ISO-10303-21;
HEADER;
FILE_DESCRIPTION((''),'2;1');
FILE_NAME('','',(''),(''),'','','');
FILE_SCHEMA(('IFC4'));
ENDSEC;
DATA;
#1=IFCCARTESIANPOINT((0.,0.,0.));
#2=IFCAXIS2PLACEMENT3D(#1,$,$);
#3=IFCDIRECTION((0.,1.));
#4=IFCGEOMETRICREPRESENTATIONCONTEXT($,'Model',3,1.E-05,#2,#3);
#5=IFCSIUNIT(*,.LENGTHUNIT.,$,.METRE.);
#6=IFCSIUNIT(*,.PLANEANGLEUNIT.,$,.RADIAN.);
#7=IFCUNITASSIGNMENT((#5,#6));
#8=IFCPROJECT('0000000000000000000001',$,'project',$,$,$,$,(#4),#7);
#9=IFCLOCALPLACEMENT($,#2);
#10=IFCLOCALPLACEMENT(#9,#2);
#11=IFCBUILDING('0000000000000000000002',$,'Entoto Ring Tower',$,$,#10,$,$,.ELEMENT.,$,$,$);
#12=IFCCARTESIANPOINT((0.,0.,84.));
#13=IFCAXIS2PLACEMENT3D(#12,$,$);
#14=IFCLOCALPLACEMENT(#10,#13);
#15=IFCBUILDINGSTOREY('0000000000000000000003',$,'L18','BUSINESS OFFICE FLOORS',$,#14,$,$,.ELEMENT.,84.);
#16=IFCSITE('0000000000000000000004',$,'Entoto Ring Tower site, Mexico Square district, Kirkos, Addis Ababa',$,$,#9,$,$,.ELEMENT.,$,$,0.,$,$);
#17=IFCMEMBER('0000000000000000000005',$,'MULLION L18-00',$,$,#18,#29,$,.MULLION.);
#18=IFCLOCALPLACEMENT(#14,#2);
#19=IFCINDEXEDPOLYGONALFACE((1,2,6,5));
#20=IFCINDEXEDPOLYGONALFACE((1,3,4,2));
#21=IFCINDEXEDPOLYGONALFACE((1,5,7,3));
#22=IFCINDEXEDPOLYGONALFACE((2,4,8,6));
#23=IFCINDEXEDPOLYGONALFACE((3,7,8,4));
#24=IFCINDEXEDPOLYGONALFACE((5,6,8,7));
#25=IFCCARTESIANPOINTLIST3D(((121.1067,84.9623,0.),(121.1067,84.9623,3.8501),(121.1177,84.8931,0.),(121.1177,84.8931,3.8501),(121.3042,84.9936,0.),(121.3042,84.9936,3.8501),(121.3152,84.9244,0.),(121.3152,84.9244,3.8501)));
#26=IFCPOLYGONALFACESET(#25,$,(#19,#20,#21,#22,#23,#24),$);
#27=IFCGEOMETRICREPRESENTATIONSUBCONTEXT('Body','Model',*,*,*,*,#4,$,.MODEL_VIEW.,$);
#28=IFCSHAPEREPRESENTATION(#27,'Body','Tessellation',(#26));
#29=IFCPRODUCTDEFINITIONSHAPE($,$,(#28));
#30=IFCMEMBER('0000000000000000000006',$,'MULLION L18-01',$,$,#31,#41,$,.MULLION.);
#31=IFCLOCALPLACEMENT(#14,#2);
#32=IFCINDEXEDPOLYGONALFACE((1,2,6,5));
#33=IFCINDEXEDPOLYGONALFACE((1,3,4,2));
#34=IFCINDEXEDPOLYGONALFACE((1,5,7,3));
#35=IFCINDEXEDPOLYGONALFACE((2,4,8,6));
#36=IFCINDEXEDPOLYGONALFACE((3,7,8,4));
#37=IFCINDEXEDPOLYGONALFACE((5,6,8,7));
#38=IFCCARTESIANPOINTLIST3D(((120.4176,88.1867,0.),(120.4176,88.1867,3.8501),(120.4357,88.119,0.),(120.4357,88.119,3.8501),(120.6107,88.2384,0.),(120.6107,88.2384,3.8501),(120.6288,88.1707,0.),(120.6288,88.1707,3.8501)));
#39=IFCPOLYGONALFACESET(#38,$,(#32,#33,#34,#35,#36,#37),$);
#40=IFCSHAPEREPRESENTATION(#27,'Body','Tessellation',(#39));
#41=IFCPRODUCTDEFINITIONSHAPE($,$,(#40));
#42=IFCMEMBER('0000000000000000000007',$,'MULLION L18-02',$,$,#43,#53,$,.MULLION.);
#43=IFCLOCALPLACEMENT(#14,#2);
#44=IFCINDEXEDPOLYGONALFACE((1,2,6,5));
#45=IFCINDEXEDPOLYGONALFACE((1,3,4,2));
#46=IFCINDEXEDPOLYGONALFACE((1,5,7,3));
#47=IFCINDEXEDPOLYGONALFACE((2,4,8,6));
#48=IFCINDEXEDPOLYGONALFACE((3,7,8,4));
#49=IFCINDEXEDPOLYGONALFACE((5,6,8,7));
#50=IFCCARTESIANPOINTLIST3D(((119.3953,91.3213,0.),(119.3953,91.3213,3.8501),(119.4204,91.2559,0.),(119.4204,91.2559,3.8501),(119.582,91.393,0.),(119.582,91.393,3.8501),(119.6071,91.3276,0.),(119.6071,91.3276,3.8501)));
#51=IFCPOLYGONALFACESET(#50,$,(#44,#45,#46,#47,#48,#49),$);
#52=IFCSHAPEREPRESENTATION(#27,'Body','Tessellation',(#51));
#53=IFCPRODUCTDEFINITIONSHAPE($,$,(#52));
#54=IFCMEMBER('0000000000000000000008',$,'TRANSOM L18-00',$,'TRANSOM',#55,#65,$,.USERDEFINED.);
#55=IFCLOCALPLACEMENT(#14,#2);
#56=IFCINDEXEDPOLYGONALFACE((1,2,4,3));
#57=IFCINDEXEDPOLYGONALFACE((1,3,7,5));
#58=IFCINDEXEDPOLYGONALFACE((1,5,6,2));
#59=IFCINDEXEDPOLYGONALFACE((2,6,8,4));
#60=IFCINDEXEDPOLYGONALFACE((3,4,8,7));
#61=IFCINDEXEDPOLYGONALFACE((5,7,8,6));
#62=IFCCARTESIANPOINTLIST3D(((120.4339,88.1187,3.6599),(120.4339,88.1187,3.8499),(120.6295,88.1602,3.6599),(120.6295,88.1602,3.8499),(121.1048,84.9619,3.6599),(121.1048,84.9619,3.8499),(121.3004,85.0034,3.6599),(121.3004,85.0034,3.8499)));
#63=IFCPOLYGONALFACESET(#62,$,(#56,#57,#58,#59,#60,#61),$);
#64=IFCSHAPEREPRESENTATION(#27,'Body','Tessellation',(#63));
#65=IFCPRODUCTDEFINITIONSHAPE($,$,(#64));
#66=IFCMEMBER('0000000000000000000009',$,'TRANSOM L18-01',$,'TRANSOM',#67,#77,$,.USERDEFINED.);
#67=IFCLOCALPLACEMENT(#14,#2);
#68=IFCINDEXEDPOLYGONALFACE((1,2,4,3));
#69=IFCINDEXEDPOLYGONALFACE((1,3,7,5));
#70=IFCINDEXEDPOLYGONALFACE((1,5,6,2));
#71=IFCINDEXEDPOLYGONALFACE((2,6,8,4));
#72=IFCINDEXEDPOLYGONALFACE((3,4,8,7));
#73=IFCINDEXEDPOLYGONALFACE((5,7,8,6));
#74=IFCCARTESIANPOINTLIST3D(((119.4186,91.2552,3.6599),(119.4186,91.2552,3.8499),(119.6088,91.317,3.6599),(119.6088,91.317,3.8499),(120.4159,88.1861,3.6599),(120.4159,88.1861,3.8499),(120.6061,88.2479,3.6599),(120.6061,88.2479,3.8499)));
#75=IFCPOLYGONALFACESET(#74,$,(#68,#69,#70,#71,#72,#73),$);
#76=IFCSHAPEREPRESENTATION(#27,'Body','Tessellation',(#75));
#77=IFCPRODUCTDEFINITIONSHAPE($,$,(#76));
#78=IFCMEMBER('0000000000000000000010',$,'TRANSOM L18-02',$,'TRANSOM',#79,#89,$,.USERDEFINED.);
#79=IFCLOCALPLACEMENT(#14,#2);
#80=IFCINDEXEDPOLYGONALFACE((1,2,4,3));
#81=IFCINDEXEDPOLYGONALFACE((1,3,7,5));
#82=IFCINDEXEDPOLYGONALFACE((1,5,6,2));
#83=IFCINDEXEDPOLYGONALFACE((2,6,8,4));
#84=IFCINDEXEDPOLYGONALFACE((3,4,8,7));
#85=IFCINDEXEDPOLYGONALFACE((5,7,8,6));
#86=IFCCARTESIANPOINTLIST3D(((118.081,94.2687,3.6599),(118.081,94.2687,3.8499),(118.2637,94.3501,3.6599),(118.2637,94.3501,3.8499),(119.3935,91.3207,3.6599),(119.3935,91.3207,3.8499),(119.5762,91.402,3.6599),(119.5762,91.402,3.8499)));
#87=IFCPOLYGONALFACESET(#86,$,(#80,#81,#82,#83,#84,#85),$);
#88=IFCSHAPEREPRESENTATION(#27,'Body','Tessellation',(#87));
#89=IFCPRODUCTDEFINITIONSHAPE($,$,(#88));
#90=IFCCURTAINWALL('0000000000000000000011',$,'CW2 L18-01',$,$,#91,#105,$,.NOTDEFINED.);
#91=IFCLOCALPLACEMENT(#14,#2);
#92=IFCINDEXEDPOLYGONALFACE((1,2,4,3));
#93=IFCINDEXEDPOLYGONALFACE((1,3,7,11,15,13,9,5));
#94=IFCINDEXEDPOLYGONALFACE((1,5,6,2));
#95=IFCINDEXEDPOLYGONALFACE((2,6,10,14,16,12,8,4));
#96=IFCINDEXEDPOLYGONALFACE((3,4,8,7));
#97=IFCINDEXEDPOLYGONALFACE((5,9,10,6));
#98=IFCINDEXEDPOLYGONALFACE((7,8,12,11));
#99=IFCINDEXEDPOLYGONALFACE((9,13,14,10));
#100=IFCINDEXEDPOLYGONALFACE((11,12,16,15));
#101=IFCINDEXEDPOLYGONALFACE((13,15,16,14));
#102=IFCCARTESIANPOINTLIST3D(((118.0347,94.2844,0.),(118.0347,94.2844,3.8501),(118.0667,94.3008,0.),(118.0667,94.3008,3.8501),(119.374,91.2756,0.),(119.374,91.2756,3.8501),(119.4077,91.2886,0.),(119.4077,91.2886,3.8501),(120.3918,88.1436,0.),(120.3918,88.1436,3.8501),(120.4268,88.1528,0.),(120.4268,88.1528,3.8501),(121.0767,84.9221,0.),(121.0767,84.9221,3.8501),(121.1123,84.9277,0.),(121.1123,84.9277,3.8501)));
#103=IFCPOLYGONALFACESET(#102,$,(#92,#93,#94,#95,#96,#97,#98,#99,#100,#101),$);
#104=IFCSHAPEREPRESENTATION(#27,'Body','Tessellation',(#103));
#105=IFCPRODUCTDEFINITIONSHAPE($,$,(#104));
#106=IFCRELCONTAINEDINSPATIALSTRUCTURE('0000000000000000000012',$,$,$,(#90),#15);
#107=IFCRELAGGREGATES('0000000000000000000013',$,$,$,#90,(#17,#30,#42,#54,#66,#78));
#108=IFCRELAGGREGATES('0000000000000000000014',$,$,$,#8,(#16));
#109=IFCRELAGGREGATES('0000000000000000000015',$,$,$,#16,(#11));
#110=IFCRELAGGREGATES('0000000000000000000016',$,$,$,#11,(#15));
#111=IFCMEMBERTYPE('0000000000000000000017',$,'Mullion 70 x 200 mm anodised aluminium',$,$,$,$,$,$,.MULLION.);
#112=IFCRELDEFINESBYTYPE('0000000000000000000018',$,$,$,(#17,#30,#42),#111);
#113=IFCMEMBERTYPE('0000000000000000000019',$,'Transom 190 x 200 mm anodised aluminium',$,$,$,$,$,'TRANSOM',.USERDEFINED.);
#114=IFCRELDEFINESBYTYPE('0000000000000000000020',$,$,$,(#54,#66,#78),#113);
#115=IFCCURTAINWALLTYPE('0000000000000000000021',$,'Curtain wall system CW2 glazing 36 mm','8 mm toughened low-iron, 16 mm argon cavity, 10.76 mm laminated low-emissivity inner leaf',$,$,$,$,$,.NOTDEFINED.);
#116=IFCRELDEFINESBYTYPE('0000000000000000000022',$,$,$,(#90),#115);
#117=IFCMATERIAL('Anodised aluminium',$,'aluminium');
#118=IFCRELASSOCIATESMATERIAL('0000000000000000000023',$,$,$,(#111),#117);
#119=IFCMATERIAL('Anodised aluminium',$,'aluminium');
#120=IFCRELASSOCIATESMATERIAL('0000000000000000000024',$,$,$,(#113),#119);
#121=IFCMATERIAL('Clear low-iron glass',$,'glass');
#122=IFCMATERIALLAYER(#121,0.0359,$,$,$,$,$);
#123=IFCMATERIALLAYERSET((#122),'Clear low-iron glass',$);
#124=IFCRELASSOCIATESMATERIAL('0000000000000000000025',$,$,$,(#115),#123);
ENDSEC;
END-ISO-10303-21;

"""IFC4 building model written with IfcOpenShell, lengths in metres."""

from ifc_helpers import new_model, si_unit, direction, frame, origin, origin_2d, place, context, subcontext, project, spatial, polyline, rectangle, outline, extrude, material, layer, layer_set, material_profile, profile_set, type_object, element, aggregate, save


model = new_model("IFC4")

# Units and contexts
model_context = context("Model", 3, precision=1e-05, world=origin(), true_north=direction((0.0, 1.0)))
body_context = subcontext(model_context, "Body", "Model", "MODEL_VIEW")
ifc_project = project(units=[si_unit("LENGTHUNIT", "METRE"), si_unit("PLANEANGLEUNIT", "RADIAN")], contexts=[model_context])

# Members
ifc_material_1 = material(Name="Anodised aluminium", Category="aluminium")
ifc_material_profile_1 = material_profile(ifc_material_1, rectangle(XDim=0.0701, YDim=0.2, at=origin_2d()), Name="Mullion 70 x 200 mm anodised aluminium")
ifc_profile_set_1 = profile_set([ifc_material_profile_1], Name="Anodised aluminium")
member_type_1 = type_object("IfcMemberType", Name="Mullion 70 x 200 mm anodised aluminium", PredefinedType="MULLION", material=ifc_profile_set_1)
site_placement = place(None, origin())
building_placement = place(site_placement, origin())
storey_placement = place(building_placement, frame((0.0, 0.0, 84.0)))
member_1_placement = place(storey_placement, frame((121.2109, 84.9434, 0.0), z_axis=(0.0, 0.0, 1.0), x_axis=(-0.156434, 0.987688, 0.0)))
member_1 = element("IfcMember", 1, at=member_1_placement, type_object=member_type_1, Name="MULLION L18-00", PredefinedType="MULLION", context=body_context, shape_type="SweptSolid", body=[
    extrude(rectangle(XDim=0.0701, YDim=0.2, at=origin_2d()), origin(), (0.0, 0.0, 1.0), 3.8501),
])
member_2_placement = place(storey_placement, frame((120.5232, 88.1787, 0.0), z_axis=(0.0, 0.0, 1.0), x_axis=(-0.258819, 0.965926, 0.0)))
member_2 = element("IfcMember", 2, at=member_2_placement, type_object=member_type_1, Name="MULLION L18-01", PredefinedType="MULLION", context=body_context, shape_type="SweptSolid", body=[
    extrude(rectangle(XDim=0.0701, YDim=0.2, at=origin_2d()), origin(), (0.0, 0.0, 1.0), 3.8501),
])
member_3_placement = place(storey_placement, frame((119.5012, 91.3245, 0.0), z_axis=(0.0, 0.0, 1.0), x_axis=(-0.358368, 0.93358, 0.0)))
member_3 = element("IfcMember", 3, at=member_3_placement, type_object=member_type_1, Name="MULLION L18-02", PredefinedType="MULLION", context=body_context, shape_type="SweptSolid", body=[
    extrude(rectangle(XDim=0.0701, YDim=0.2, at=origin_2d()), origin(), (0.0, 0.0, 1.0), 3.8501),
])
ifc_material_2 = material(Name="Anodised aluminium", Category="aluminium")
ifc_material_profile_2 = material_profile(ifc_material_2, rectangle(XDim=0.2, YDim=0.1899, at=origin_2d()), Name="Transom 190 x 200 mm anodised aluminium")
ifc_profile_set_2 = profile_set([ifc_material_profile_2], Name="Anodised aluminium")
member_type_2 = type_object("IfcMemberType", Name="Transom 190 x 200 mm anodised aluminium", ElementType="TRANSOM", PredefinedType="USERDEFINED", material=ifc_profile_set_2)
member_4_placement = place(storey_placement, frame((121.2026, 84.9827, 3.7549), z_axis=(-0.207886, 0.978153, 0.0), x_axis=(-0.978153, -0.207886, 0.0)))
member_4 = element("IfcMember", 4, at=member_4_placement, type_object=member_type_2, Name="TRANSOM L18-00", ObjectType="TRANSOM", PredefinedType="USERDEFINED", context=body_context, shape_type="SweptSolid", body=[
    extrude(rectangle(XDim=0.2, YDim=0.1899, at=origin_2d()), origin(), (0.0, 0.0, 1.0), 3.2273),
])
member_5_placement = place(storey_placement, frame((120.511, 88.217, 3.7549), z_axis=(-0.309047, 0.951047, 0.0), x_axis=(-0.951047, -0.309047, 0.0)))
member_5 = element("IfcMember", 5, at=member_5_placement, type_object=member_type_2, Name="TRANSOM L18-01", ObjectType="TRANSOM", PredefinedType="USERDEFINED", context=body_context, shape_type="SweptSolid", body=[
    extrude(rectangle(XDim=0.2, YDim=0.1899, at=origin_2d()), origin(), (0.0, 0.0, 1.0), 3.2271),
])
member_6_placement = place(storey_placement, frame((119.4849, 91.3613, 3.7549), z_axis=(-0.406728, 0.913549, 0.0), x_axis=(-0.913549, -0.406728, 0.0)))
member_6 = element("IfcMember", 6, at=member_6_placement, type_object=member_type_2, Name="TRANSOM L18-02", ObjectType="TRANSOM", PredefinedType="USERDEFINED", context=body_context, shape_type="SweptSolid", body=[
    extrude(rectangle(XDim=0.2, YDim=0.1899, at=origin_2d()), origin(), (0.0, 0.0, 1.0), 3.2271),
])

# Site, building, storey
site = spatial("IfcSite", under=ifc_project, at=site_placement, Name="Entoto Ring Tower site, Mexico Square district, Kirkos, Addis Ababa", CompositionType="ELEMENT", RefElevation=0.0)
building = spatial("IfcBuilding", under=site, at=building_placement, Name="Entoto Ring Tower", CompositionType="ELEMENT")
storey = spatial("IfcBuildingStorey", under=building, at=storey_placement, Name="L18", Description="BUSINESS OFFICE FLOORS", CompositionType="ELEMENT", Elevation=84.0)

# Curtain wall
ifc_material_3 = material(Name="Clear low-iron glass", Category="glass")
ifc_layer_1 = layer(ifc_material_3, 0.0359)
ifc_layer_set_1 = layer_set([ifc_layer_1], Name="Clear low-iron glass")
curtain_wall_type = type_object("IfcCurtainWallType", Name="Curtain wall system CW2 glazing 36 mm", Description="8 mm toughened low-iron, 16 mm argon cavity, 10.76 mm laminated low-emissivity inner leaf", PredefinedType="NOTDEFINED", material=ifc_layer_set_1)
curtain_wall_1_placement = place(storey_placement, origin())
curtain_wall_1 = element("IfcCurtainWall", 7, at=curtain_wall_1_placement, inside=storey, type_object=curtain_wall_type, Name="CW2 L18-01", PredefinedType="NOTDEFINED", context=body_context, shape_type="SweptSolid", body=[
    extrude(outline(polyline([(121.1123, 84.9277), (120.4268, 88.1528), (119.4077, 91.2886), (118.0667, 94.3008), (118.0347, 94.2844), (119.374, 91.2756), (120.3918, 88.1436), (121.0767, 84.9221), (121.1123, 84.9277)])), origin(), (0.0, 0.0, 1.0), 3.8501),
])
aggregate(curtain_wall_1, [member_1, member_2, member_3, member_4, member_5, member_6])

save(model, "model.ifc")
